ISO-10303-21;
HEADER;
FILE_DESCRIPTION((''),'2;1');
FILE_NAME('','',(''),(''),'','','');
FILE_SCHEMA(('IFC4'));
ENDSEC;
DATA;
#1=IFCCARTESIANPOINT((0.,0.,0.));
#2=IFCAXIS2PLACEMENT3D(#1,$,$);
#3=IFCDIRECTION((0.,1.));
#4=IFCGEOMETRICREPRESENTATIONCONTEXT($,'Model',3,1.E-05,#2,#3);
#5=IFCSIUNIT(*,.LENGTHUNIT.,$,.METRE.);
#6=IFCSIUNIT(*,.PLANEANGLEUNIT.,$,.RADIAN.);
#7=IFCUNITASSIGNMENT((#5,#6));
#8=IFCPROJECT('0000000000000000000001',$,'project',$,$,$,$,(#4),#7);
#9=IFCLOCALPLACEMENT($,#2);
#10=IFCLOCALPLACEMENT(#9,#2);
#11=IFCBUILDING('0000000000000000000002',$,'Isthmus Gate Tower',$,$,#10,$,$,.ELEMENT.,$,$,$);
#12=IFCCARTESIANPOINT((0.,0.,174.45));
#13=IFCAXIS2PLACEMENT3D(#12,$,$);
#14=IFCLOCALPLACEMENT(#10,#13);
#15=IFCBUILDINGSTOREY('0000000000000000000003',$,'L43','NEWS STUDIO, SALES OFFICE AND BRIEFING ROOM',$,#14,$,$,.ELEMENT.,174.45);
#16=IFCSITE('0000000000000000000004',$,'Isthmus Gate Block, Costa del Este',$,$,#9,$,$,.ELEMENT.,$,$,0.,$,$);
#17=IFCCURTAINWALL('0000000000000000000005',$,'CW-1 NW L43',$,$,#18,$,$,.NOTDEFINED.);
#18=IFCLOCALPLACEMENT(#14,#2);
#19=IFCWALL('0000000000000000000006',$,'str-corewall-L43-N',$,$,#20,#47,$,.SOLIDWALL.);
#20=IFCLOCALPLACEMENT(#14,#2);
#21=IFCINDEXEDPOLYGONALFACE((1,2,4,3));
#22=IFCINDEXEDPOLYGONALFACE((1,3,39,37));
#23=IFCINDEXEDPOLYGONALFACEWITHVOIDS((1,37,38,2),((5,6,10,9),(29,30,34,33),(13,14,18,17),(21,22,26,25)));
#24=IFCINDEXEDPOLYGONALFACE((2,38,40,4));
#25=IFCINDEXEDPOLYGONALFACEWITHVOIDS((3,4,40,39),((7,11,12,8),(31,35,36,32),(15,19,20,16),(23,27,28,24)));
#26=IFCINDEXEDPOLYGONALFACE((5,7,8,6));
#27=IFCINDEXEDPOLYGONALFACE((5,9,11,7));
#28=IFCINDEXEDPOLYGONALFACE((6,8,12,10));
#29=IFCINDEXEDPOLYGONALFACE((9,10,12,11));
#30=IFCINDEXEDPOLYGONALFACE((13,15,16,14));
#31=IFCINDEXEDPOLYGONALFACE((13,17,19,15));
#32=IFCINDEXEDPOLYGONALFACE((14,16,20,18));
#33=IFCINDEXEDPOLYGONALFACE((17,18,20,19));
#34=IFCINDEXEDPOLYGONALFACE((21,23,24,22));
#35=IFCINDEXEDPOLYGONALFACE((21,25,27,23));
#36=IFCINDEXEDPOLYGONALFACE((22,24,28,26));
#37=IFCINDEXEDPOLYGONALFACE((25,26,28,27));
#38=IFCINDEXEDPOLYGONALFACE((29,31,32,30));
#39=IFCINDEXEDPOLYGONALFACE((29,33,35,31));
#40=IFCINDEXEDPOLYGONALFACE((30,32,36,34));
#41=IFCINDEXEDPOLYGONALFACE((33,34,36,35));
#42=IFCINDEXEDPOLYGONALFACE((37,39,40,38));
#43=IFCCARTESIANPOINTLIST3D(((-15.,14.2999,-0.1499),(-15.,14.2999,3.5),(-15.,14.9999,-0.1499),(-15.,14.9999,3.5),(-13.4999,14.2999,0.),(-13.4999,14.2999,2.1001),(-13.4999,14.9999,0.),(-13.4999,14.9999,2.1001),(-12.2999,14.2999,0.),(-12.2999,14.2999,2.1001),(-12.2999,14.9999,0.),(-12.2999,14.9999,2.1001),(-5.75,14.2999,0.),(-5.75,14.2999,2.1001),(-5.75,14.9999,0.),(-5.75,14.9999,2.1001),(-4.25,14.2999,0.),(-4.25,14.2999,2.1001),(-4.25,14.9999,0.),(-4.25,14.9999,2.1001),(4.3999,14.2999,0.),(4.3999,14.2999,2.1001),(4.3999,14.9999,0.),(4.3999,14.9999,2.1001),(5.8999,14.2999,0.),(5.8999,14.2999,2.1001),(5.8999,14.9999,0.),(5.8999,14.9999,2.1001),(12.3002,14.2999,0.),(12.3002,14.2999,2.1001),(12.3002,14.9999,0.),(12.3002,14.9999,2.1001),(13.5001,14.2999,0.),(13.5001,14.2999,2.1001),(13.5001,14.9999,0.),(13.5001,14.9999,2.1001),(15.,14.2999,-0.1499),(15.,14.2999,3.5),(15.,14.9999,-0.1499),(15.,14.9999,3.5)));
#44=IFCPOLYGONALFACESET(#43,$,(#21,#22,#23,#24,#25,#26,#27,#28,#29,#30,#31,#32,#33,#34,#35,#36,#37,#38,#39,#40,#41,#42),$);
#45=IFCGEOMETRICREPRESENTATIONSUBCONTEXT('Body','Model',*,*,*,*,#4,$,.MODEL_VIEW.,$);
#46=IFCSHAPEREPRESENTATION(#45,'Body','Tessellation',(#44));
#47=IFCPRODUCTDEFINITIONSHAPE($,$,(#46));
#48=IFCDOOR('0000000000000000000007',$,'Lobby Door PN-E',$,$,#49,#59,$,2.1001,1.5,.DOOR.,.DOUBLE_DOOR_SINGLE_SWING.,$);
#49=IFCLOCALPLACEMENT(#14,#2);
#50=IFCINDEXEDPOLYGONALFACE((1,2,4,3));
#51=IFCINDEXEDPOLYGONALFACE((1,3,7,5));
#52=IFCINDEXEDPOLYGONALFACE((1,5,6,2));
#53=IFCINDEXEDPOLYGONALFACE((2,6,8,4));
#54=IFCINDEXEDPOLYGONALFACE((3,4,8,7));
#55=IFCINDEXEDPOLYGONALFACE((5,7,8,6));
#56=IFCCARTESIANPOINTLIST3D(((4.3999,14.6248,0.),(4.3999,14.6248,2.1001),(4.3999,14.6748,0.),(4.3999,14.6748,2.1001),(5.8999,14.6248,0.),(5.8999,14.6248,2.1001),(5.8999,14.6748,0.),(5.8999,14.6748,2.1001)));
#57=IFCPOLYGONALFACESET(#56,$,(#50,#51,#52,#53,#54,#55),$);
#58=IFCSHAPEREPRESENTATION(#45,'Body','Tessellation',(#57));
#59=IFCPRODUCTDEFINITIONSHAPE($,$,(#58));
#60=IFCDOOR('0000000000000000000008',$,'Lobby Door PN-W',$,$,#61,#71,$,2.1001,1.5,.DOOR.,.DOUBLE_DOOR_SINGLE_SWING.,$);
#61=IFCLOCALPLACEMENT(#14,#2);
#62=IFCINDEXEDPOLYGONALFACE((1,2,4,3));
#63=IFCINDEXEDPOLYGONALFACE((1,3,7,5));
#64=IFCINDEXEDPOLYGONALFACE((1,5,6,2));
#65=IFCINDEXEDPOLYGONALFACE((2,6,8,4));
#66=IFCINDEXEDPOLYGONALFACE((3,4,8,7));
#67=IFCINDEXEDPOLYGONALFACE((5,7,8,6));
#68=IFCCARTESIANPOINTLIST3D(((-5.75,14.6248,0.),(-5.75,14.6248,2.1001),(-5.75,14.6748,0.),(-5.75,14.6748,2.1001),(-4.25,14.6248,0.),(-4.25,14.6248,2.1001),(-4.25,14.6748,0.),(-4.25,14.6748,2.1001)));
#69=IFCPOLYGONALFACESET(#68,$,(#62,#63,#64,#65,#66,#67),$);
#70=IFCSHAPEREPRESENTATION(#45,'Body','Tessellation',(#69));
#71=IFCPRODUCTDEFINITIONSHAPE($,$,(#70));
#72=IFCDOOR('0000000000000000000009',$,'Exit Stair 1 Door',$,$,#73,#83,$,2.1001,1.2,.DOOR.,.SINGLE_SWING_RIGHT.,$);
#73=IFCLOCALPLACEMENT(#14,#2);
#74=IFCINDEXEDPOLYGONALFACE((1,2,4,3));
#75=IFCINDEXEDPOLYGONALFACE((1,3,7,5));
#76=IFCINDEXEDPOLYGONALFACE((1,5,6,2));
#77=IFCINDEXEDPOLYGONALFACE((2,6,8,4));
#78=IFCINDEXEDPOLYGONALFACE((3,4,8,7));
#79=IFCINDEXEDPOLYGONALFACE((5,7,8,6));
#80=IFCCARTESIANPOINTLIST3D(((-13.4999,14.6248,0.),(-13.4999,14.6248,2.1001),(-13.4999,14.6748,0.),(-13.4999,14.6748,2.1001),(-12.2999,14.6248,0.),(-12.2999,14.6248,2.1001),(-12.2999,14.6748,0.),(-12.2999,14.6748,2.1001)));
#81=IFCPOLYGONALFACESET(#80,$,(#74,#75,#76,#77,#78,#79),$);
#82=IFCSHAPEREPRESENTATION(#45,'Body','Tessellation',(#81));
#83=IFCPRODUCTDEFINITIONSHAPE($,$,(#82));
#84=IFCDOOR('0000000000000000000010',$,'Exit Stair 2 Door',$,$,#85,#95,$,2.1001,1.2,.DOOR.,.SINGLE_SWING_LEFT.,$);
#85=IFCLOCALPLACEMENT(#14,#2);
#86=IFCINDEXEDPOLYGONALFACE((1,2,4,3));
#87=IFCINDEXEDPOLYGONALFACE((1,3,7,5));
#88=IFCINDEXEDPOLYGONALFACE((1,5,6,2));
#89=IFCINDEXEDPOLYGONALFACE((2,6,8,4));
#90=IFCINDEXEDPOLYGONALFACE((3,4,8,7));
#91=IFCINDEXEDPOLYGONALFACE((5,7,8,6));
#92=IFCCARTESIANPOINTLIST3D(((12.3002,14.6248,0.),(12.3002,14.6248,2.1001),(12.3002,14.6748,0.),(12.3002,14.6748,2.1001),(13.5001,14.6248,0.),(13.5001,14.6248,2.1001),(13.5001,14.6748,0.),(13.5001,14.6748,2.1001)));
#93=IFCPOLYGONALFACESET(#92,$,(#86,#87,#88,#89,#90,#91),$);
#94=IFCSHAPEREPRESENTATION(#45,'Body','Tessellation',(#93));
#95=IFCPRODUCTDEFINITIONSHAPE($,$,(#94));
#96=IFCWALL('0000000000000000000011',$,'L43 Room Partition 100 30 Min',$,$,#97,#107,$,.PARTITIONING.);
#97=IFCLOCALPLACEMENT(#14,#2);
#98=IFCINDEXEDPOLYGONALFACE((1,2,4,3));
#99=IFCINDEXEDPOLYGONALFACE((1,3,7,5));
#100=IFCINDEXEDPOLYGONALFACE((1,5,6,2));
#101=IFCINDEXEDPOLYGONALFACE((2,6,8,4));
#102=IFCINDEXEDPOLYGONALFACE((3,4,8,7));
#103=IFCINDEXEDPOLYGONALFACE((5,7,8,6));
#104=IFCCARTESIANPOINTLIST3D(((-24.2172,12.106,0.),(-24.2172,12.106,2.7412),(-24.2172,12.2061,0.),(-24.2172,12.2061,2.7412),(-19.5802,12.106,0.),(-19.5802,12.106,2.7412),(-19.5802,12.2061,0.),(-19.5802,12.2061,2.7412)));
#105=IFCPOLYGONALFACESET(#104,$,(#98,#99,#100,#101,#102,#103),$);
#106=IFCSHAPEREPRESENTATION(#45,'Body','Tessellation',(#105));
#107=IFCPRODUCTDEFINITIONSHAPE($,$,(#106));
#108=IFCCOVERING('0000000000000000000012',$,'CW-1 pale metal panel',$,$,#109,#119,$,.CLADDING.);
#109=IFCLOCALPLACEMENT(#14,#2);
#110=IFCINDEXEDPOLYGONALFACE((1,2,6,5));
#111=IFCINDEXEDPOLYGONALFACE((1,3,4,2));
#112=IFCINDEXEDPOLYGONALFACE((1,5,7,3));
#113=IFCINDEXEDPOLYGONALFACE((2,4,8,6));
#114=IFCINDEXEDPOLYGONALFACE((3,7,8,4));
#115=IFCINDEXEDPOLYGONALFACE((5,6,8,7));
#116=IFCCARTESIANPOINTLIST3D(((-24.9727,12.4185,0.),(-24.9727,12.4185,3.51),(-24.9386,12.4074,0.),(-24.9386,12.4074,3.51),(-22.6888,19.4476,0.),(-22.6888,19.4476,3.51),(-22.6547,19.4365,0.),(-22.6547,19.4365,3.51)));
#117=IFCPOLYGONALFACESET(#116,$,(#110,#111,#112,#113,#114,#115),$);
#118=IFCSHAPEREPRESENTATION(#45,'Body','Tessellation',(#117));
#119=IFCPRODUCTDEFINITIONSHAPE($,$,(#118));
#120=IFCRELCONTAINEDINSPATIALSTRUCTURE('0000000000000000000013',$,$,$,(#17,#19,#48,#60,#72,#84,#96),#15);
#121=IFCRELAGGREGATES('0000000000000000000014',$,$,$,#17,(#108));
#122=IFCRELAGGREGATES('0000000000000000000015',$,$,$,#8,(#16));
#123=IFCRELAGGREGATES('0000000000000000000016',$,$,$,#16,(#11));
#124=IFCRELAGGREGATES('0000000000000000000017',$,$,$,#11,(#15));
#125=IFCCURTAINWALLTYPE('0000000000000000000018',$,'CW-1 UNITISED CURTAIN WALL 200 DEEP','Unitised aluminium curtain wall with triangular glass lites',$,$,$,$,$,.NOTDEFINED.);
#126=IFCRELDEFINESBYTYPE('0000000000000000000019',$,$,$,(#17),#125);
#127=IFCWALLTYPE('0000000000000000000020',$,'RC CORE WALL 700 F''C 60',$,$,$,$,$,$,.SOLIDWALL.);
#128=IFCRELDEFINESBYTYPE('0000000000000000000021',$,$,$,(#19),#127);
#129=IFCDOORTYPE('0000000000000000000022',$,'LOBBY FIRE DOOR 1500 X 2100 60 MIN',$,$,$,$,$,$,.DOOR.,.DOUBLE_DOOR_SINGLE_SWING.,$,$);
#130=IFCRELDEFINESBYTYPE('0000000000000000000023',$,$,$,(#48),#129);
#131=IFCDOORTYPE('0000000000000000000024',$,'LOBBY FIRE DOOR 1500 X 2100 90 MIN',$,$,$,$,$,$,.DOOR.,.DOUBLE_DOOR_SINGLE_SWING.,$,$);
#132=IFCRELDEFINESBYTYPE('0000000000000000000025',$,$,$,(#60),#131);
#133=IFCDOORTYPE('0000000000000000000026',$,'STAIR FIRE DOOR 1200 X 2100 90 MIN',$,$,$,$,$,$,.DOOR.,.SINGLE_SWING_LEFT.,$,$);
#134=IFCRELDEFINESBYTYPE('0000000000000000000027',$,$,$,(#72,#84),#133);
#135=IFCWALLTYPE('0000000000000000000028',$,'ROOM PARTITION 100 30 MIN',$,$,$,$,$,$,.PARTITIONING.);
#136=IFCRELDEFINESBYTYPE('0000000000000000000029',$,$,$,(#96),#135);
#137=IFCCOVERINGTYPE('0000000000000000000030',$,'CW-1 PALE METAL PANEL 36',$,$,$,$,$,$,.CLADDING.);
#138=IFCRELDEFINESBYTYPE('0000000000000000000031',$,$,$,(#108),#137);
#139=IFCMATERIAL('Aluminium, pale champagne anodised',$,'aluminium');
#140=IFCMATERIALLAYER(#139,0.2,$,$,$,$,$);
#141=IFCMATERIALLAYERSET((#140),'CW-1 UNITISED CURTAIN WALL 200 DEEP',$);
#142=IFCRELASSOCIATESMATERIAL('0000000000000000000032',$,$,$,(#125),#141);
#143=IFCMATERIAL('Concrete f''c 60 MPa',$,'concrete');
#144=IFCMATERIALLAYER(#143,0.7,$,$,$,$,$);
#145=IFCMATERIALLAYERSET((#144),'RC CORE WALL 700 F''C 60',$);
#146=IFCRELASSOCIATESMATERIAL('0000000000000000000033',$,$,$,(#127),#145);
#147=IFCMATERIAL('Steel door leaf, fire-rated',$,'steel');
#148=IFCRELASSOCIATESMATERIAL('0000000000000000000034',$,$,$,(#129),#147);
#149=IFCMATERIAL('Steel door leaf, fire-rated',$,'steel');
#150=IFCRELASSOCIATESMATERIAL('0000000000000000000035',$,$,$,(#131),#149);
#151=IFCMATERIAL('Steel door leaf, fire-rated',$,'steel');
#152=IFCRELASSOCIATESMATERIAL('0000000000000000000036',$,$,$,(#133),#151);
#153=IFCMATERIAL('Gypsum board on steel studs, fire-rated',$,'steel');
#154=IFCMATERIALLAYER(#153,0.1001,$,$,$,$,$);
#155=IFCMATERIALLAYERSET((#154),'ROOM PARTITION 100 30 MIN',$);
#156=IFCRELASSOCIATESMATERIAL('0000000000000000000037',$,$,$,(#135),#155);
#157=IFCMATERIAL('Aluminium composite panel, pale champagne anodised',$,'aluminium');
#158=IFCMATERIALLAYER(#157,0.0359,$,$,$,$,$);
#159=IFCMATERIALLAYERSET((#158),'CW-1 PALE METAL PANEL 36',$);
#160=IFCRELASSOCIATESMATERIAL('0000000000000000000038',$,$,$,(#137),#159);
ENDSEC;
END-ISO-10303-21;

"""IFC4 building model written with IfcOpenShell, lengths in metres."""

from ifc_helpers import new_model, si_unit, direction, frame, frame_2d, origin, origin_2d, place, context, subcontext, project, spatial, rectangle, extrude, material, layer, layer_set, type_object, element, fill, aggregate, save


model = new_model("IFC4")

# Units and contexts
model_context = context("Model", 3, precision=1e-05, world=origin(), true_north=direction((0.0, 1.0)))
body_context = subcontext(model_context, "Body", "Model", "MODEL_VIEW")
ifc_project = project(units=[si_unit("LENGTHUNIT", "METRE"), si_unit("PLANEANGLEUNIT", "RADIAN")], contexts=[model_context])

# Site, building, storey
site_placement = place(None, origin())
site = spatial("IfcSite", under=ifc_project, at=site_placement, Name="Isthmus Gate Block, Costa del Este", CompositionType="ELEMENT", RefElevation=0.0)
building_placement = place(site_placement, origin())
building = spatial("IfcBuilding", under=site, at=building_placement, Name="Isthmus Gate Tower", CompositionType="ELEMENT")
storey_placement = place(building_placement, frame((0.0, 0.0, 174.45)))
storey = spatial("IfcBuildingStorey", under=building, at=storey_placement, Name="L43", Description="NEWS STUDIO, SALES OFFICE AND BRIEFING ROOM", CompositionType="ELEMENT", Elevation=174.45)

# Shared definitions
ifc_material_1 = material(Name="Aluminium, pale champagne anodised", Category="aluminium")
ifc_layer_1 = layer(ifc_material_1, 0.2)
ifc_layer_set_1 = layer_set([ifc_layer_1], Name="CW-1 UNITISED CURTAIN WALL 200 DEEP")
curtain_wall_type = type_object("IfcCurtainWallType", Name="CW-1 UNITISED CURTAIN WALL 200 DEEP", Description="Unitised aluminium curtain wall with triangular glass lites", PredefinedType="NOTDEFINED", material=ifc_layer_set_1)

# Curtain wall
curtain_wall_1_placement = place(storey_placement, origin())
curtain_wall_1 = element("IfcCurtainWall", 1, at=curtain_wall_1_placement, inside=storey, type_object=curtain_wall_type, Name="CW-1 NW L43", PredefinedType="NOTDEFINED")

# Wall, openings, doors
ifc_material_2 = material(Name="Concrete f'c 60 MPa", Category="concrete")
ifc_layer_2 = layer(ifc_material_2, 0.7)
ifc_layer_set_2 = layer_set([ifc_layer_2], Name="RC CORE WALL 700 F'C 60")
wall_type_1 = type_object("IfcWallType", Name="RC CORE WALL 700 F'C 60", PredefinedType="SOLIDWALL", material=ifc_layer_set_2)
wall_1_placement = place(storey_placement, frame((-15.0, 14.6499, -0.1499), z_axis=(0.0, 0.0, 1.0), x_axis=(1.0, 0.0, 0.0)))
wall_1 = element("IfcWall", 2, at=wall_1_placement, inside=storey, type_object=wall_type_1, Name="str-corewall-L43-N", PredefinedType="SOLIDWALL", context=body_context, shape_type="SweptSolid", body=[
    extrude(rectangle(XDim=30.0, YDim=0.7, at=frame_2d((15.0, 0.0))), origin(), (0.0, 0.0, 1.0), 3.6499),
])
opening_1_placement = place(wall_1_placement, frame((9.25, 0.0, 0.1499)))
opening_1 = element("IfcOpeningElement", 3, at=opening_1_placement, cuts=wall_1, PredefinedType="OPENING", context=body_context, shape_type="SweptSolid", body=[
    extrude(rectangle(XDim=1.5, YDim=2.1001, at=frame_2d((0.75, 1.05))), frame((0.0, 0.3599, 0.0), z_axis=(0.0, -1.0, 0.0), x_axis=(1.0, 0.0, 0.0)), (0.0, 0.0, 1.0), 0.72),
])
opening_2_placement = place(wall_1_placement, frame((19.3999, 0.0, 0.1499)))
opening_2 = element("IfcOpeningElement", 4, at=opening_2_placement, cuts=wall_1, PredefinedType="OPENING", context=body_context, shape_type="SweptSolid", body=[
    extrude(rectangle(XDim=1.5, YDim=2.1001, at=frame_2d((0.75, 1.05))), frame((0.0, 0.3599, 0.0), z_axis=(0.0, -1.0, 0.0), x_axis=(1.0, 0.0, 0.0)), (0.0, 0.0, 1.0), 0.72),
])
opening_3_placement = place(wall_1_placement, frame((1.5, 0.0, 0.1499)))
opening_3 = element("IfcOpeningElement", 5, at=opening_3_placement, cuts=wall_1, PredefinedType="OPENING", context=body_context, shape_type="SweptSolid", body=[
    extrude(rectangle(XDim=1.2, YDim=2.1001, at=frame_2d((0.6001, 1.05))), frame((0.0, 0.3599, 0.0), z_axis=(0.0, -1.0, 0.0), x_axis=(1.0, 0.0, 0.0)), (0.0, 0.0, 1.0), 0.72),
])
opening_4_placement = place(wall_1_placement, frame((27.3, 0.0, 0.1499)))
opening_4 = element("IfcOpeningElement", 6, at=opening_4_placement, cuts=wall_1, PredefinedType="OPENING", context=body_context, shape_type="SweptSolid", body=[
    extrude(rectangle(XDim=1.2, YDim=2.1001, at=frame_2d((0.6001, 1.05))), frame((0.0, 0.3599, 0.0), z_axis=(0.0, -1.0, 0.0), x_axis=(1.0, 0.0, 0.0)), (0.0, 0.0, 1.0), 0.72),
])
ifc_material_3 = material(Name="Steel door leaf, fire-rated", Category="steel")
door_type_1 = type_object("IfcDoorType", Name="LOBBY FIRE DOOR 1500 X 2100 60 MIN", OperationType="DOUBLE_DOOR_SINGLE_SWING", PredefinedType="DOOR", material=ifc_material_3)
door_1_placement = place(opening_2_placement, origin())
door_1 = element("IfcDoor", 7, at=door_1_placement, inside=storey, type_object=door_type_1, Name="Lobby Door PN-E", OperationType="DOUBLE_DOOR_SINGLE_SWING", OverallHeight=2.1001, OverallWidth=1.5, PredefinedType="DOOR", context=body_context, shape_type="SweptSolid", body=[
    extrude(rectangle(XDim=1.5, YDim=2.1001, at=frame_2d((0.75, 1.05))), frame((0.0, 0.0249, 0.0), z_axis=(0.0, -1.0, 0.0), x_axis=(1.0, 0.0, 0.0)), (0.0, 0.0, 1.0), 0.05),
])
fill(opening_2, door_1)
ifc_material_4 = material(Name="Steel door leaf, fire-rated", Category="steel")
door_type_2 = type_object("IfcDoorType", Name="LOBBY FIRE DOOR 1500 X 2100 90 MIN", OperationType="DOUBLE_DOOR_SINGLE_SWING", PredefinedType="DOOR", material=ifc_material_4)
door_2_placement = place(opening_1_placement, origin())
door_2 = element("IfcDoor", 8, at=door_2_placement, inside=storey, type_object=door_type_2, Name="Lobby Door PN-W", OperationType="DOUBLE_DOOR_SINGLE_SWING", OverallHeight=2.1001, OverallWidth=1.5, PredefinedType="DOOR", context=body_context, shape_type="SweptSolid", body=[
    extrude(rectangle(XDim=1.5, YDim=2.1001, at=frame_2d((0.75, 1.05))), frame((0.0, 0.0249, 0.0), z_axis=(0.0, -1.0, 0.0), x_axis=(1.0, 0.0, 0.0)), (0.0, 0.0, 1.0), 0.05),
])
fill(opening_1, door_2)
ifc_material_5 = material(Name="Steel door leaf, fire-rated", Category="steel")
door_type_3 = type_object("IfcDoorType", Name="STAIR FIRE DOOR 1200 X 2100 90 MIN", OperationType="SINGLE_SWING_LEFT", PredefinedType="DOOR", material=ifc_material_5)
door_3_placement = place(opening_3_placement, origin())
door_3 = element("IfcDoor", 9, at=door_3_placement, inside=storey, type_object=door_type_3, Name="Exit Stair 1 Door", OperationType="SINGLE_SWING_RIGHT", OverallHeight=2.1001, OverallWidth=1.2, PredefinedType="DOOR", context=body_context, shape_type="SweptSolid", body=[
    extrude(rectangle(XDim=1.2, YDim=2.1001, at=frame_2d((0.6001, 1.05))), frame((0.0, 0.0249, 0.0), z_axis=(0.0, -1.0, 0.0), x_axis=(1.0, 0.0, 0.0)), (0.0, 0.0, 1.0), 0.05),
])
fill(opening_3, door_3)
door_4_placement = place(opening_4_placement, origin())
door_4 = element("IfcDoor", 10, at=door_4_placement, inside=storey, type_object=door_type_3, Name="Exit Stair 2 Door", OperationType="SINGLE_SWING_LEFT", OverallHeight=2.1001, OverallWidth=1.2, PredefinedType="DOOR", context=body_context, shape_type="SweptSolid", body=[
    extrude(rectangle(XDim=1.2, YDim=2.1001, at=frame_2d((0.6001, 1.05))), frame((0.0, 0.0249, 0.0), z_axis=(0.0, -1.0, 0.0), x_axis=(1.0, 0.0, 0.0)), (0.0, 0.0, 1.0), 0.05),
])
fill(opening_4, door_4)

# Wall
ifc_material_6 = material(Name="Gypsum board on steel studs, fire-rated", Category="steel")
ifc_layer_3 = layer(ifc_material_6, 0.1001)
ifc_layer_set_3 = layer_set([ifc_layer_3], Name="ROOM PARTITION 100 30 MIN")
wall_type_2 = type_object("IfcWallType", Name="ROOM PARTITION 100 30 MIN", PredefinedType="PARTITIONING", material=ifc_layer_set_3)
wall_2_placement = place(storey_placement, frame((-24.217, 12.156, 0.0), z_axis=(0.0, 0.0, 1.0), x_axis=(1.0, 0.0, 0.0)))
element("IfcWall", 11, at=wall_2_placement, inside=storey, type_object=wall_type_2, Name="L43 Room Partition 100 30 Min", PredefinedType="PARTITIONING", context=body_context, shape_type="SweptSolid", body=[
    extrude(rectangle(XDim=4.637, YDim=0.1001, at=frame_2d((2.3184, 0.0))), origin(), (0.0, 0.0, 1.0), 2.7412),
])

# Covering
ifc_material_7 = material(Name="Aluminium composite panel, pale champagne anodised", Category="aluminium")
ifc_layer_4 = layer(ifc_material_7, 0.0359)
ifc_layer_set_4 = layer_set([ifc_layer_4], Name="CW-1 PALE METAL PANEL 36")
covering_type = type_object("IfcCoveringType", Name="CW-1 PALE METAL PANEL 36", PredefinedType="CLADDING", material=ifc_layer_set_4)
covering_placement = place(storey_placement, frame((-23.8137, 15.9275, 0.0), z_axis=(0.0, 0.0, 1.0), x_axis=(-0.309017, -0.951057, 0.0)))
covering = element("IfcCovering", 12, at=covering_placement, type_object=covering_type, Name="CW-1 pale metal panel", PredefinedType="CLADDING", context=body_context, shape_type="SweptSolid", body=[
    extrude(rectangle(XDim=7.3909, YDim=0.0359, at=origin_2d()), origin(), (0.0, 0.0, 1.0), 3.51),
])
aggregate(curtain_wall_1, [covering])

save(model, "model.ifc")
